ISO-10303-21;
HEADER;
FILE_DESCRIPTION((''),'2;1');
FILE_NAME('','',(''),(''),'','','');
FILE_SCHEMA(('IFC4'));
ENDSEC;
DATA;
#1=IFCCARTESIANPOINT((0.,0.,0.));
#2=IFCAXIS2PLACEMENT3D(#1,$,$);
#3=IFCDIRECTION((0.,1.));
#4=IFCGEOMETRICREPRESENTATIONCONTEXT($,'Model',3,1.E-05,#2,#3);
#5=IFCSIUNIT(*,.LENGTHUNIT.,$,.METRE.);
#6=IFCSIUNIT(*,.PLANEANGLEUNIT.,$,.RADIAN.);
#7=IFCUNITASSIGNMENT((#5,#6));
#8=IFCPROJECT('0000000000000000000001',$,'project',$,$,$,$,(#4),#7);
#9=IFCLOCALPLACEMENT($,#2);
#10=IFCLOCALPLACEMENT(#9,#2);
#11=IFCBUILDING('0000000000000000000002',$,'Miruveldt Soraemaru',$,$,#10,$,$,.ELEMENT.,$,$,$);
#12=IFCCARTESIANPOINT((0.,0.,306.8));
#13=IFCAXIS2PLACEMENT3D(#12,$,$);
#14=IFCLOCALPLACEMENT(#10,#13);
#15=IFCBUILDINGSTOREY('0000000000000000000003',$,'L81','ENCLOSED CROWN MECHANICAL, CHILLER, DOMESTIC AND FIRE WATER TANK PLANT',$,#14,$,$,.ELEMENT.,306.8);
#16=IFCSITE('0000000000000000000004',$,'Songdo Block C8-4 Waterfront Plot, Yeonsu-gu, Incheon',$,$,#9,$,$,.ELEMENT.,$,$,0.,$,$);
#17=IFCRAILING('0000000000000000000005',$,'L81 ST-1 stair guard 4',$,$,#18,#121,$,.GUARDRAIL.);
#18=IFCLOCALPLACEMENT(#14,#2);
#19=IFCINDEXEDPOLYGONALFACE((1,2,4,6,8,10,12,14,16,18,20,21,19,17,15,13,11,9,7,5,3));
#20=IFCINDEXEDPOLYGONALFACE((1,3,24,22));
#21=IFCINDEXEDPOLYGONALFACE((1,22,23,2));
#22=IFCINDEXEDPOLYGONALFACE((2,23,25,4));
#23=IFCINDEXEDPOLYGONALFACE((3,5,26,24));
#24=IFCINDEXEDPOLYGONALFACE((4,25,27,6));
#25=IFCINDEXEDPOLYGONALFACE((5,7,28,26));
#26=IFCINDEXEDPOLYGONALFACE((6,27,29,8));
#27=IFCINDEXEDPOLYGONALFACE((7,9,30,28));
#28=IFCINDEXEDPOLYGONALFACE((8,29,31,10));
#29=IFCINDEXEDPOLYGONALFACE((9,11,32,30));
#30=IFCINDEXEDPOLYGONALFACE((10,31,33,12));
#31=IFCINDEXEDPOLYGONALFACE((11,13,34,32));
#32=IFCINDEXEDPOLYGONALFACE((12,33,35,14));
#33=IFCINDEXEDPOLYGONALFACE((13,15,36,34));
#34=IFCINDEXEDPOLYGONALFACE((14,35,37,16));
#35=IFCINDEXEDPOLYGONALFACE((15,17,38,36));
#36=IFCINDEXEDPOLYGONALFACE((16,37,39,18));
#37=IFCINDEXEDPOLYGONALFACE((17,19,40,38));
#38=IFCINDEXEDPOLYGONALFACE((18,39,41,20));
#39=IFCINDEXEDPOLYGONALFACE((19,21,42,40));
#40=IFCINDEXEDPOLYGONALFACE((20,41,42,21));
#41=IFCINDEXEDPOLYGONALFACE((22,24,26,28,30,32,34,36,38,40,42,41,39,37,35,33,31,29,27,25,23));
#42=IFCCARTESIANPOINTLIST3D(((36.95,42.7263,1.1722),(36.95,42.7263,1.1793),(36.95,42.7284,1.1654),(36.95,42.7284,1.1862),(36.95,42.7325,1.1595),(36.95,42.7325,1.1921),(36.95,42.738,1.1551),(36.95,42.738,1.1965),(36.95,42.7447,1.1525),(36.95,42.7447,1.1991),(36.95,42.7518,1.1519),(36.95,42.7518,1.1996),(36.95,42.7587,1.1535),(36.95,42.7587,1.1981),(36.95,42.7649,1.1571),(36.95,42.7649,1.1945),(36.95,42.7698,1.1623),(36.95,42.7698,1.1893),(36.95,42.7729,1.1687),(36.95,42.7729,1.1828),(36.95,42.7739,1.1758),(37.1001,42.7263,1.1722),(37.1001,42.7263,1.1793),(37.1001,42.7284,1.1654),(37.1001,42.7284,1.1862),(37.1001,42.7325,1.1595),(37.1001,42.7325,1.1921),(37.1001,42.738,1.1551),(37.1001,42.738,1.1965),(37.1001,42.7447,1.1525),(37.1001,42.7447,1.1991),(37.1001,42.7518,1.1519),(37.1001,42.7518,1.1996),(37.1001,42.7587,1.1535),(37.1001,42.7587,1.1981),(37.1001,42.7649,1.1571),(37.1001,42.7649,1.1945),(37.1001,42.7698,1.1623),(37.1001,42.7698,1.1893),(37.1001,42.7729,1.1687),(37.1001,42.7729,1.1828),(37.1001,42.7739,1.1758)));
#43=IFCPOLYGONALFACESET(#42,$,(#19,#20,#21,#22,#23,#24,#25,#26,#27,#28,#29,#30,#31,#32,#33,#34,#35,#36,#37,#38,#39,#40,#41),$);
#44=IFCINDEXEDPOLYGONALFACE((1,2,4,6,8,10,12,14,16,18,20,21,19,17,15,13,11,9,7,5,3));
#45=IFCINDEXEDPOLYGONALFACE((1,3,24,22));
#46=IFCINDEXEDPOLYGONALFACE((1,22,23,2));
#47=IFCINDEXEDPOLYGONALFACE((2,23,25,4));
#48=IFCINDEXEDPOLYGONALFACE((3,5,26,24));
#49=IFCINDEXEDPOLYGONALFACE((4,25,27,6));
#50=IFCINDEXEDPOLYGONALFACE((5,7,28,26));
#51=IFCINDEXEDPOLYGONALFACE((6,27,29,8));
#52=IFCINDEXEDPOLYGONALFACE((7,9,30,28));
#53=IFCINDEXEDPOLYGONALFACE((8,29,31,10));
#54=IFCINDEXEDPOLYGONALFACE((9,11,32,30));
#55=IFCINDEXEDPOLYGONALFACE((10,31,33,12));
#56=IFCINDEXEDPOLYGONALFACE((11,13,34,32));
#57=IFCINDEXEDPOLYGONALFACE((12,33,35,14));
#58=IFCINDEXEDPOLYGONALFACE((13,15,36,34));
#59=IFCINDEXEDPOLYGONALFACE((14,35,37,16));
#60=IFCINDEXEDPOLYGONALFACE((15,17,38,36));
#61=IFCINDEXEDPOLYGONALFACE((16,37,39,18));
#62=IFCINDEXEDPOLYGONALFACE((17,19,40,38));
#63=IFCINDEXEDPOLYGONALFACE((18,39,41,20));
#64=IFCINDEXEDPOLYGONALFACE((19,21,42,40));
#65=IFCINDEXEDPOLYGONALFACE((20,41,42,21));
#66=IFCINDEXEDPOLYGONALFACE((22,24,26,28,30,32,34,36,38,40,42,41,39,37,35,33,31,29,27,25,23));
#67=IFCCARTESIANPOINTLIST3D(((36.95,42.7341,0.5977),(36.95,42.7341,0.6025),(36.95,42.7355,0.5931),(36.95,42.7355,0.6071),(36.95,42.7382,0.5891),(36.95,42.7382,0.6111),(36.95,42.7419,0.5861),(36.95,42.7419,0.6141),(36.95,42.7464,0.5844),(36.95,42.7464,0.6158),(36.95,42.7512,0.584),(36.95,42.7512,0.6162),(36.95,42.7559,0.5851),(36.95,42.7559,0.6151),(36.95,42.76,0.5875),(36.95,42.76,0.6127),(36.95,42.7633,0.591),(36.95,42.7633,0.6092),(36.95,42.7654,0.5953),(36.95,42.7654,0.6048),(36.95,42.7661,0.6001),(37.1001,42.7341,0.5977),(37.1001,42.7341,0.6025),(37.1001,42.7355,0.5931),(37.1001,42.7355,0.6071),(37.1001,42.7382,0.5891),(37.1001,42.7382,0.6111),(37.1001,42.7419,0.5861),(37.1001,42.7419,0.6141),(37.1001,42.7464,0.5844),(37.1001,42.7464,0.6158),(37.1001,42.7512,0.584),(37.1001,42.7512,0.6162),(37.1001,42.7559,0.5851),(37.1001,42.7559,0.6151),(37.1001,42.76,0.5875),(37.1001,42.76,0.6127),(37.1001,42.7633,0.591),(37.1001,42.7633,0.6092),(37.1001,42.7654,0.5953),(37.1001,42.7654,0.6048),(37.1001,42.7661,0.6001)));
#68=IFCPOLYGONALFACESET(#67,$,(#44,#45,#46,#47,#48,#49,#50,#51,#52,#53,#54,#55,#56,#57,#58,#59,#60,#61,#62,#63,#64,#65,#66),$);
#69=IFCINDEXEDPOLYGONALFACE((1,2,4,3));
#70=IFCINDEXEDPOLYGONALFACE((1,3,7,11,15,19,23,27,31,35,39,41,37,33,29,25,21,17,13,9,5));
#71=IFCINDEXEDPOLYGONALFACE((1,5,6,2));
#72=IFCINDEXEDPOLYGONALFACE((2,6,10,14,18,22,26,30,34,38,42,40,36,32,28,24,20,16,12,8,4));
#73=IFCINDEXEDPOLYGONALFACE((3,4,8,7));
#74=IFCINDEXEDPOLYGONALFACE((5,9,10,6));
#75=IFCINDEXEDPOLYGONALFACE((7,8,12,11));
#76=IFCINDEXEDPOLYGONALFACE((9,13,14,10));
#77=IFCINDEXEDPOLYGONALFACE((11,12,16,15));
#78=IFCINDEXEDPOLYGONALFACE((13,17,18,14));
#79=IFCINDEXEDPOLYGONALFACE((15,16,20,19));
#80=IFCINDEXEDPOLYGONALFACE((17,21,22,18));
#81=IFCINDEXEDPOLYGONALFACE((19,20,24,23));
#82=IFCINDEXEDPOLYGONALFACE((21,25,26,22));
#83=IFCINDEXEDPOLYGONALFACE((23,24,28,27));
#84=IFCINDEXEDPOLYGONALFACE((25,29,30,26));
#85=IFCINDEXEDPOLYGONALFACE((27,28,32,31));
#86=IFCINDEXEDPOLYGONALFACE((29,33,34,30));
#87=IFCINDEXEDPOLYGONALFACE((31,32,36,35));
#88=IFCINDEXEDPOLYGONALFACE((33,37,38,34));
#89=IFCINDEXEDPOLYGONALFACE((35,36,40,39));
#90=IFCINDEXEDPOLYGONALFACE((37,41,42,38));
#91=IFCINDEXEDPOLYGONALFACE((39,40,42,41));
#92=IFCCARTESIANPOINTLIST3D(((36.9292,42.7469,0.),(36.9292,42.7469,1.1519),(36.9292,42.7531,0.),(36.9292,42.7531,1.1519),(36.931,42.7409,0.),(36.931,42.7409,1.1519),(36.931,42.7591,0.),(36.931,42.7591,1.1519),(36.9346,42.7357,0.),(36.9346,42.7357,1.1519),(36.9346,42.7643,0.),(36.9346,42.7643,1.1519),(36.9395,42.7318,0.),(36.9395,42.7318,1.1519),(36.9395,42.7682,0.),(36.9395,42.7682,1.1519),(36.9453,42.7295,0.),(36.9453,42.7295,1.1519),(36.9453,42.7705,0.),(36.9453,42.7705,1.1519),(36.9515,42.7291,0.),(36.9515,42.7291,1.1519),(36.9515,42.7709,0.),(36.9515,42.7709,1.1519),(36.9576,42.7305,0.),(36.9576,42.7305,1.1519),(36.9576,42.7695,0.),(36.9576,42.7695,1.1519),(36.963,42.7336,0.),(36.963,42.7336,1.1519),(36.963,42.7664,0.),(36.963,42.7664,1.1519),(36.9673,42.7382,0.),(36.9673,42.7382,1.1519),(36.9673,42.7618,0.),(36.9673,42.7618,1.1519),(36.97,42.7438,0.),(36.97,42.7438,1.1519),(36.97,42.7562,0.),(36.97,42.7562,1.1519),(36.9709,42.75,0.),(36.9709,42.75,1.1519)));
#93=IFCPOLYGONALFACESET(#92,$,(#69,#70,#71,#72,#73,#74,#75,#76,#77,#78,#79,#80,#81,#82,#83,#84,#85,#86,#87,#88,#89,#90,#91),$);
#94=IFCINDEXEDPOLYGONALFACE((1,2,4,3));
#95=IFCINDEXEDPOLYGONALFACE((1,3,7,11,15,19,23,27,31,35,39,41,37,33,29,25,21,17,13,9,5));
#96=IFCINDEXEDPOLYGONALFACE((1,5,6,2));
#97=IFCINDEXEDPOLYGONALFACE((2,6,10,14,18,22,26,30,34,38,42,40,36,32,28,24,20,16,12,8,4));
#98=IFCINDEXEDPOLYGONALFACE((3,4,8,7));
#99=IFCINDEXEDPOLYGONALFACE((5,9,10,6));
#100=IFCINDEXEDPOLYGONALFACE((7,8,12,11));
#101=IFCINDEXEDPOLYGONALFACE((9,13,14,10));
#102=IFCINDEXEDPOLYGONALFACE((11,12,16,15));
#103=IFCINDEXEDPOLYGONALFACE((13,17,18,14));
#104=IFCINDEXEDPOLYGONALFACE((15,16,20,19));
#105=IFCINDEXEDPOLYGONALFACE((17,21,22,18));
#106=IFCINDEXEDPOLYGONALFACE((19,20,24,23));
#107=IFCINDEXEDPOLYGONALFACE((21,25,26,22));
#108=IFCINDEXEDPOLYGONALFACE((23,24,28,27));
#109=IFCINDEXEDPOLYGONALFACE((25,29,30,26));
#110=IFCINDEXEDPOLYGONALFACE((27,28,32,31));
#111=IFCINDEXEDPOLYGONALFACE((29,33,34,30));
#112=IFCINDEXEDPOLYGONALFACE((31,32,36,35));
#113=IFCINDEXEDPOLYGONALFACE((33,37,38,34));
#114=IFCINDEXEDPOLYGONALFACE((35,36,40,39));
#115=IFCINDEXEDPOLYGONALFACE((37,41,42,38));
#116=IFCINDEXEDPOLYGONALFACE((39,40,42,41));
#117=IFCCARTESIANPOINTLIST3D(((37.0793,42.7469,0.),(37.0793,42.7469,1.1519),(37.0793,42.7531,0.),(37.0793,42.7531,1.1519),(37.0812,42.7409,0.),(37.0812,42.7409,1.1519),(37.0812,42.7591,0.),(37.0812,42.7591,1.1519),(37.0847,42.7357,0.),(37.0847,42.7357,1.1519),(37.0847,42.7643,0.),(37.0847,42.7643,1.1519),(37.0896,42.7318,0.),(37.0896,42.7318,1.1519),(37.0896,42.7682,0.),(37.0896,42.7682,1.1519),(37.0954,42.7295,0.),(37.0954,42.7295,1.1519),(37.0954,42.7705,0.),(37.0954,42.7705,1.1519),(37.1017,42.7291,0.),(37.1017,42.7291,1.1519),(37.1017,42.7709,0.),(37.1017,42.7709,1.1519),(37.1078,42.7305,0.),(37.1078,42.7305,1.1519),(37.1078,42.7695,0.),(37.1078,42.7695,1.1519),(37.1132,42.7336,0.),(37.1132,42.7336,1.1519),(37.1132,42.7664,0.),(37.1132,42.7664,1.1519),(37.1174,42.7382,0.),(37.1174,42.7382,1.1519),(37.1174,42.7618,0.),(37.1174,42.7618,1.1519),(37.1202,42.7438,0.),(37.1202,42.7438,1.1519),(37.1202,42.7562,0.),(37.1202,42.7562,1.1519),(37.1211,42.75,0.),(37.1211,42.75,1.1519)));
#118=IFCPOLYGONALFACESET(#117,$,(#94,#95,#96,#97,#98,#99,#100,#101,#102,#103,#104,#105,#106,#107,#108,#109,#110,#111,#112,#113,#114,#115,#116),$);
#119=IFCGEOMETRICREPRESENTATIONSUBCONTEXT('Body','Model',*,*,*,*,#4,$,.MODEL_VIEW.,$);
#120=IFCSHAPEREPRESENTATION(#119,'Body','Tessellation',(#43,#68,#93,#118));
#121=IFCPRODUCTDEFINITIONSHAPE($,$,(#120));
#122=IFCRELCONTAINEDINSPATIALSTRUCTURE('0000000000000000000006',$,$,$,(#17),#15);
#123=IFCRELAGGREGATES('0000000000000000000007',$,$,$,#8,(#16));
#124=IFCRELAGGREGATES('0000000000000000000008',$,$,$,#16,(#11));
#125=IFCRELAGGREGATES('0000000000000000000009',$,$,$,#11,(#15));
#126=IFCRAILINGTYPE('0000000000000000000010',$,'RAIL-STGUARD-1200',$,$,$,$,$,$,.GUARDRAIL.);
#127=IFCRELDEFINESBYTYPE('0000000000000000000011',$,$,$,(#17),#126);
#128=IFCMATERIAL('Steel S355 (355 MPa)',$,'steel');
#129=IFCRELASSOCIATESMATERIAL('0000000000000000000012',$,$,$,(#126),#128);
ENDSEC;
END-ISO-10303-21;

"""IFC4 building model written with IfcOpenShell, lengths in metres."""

from ifc_helpers import new_model, si_unit, direction, frame, origin, origin_2d, place, context, subcontext, project, spatial, circle, extrude, material, type_object, element, save


model = new_model("IFC4")

# Units and contexts
model_context = context("Model", 3, precision=1e-05, world=origin(), true_north=direction((0.0, 1.0)))
body_context = subcontext(model_context, "Body", "Model", "MODEL_VIEW")
ifc_project = project(units=[si_unit("LENGTHUNIT", "METRE"), si_unit("PLANEANGLEUNIT", "RADIAN")], contexts=[model_context])

# Site, building, storey
site_placement = place(None, origin())
site = spatial("IfcSite", under=ifc_project, at=site_placement, Name="Songdo Block C8-4 Waterfront Plot, Yeonsu-gu, Incheon", CompositionType="ELEMENT", RefElevation=0.0)
building_placement = place(site_placement, origin())
building = spatial("IfcBuilding", under=site, at=building_placement, Name="Miruveldt Soraemaru", CompositionType="ELEMENT")
storey_placement = place(building_placement, frame((0.0, 0.0, 306.8)))
storey = spatial("IfcBuildingStorey", under=building, at=storey_placement, Name="L81", Description="ENCLOSED CROWN MECHANICAL, CHILLER, DOMESTIC AND FIRE WATER TANK PLANT", CompositionType="ELEMENT", Elevation=306.8)

# Railing
ifc_material_1 = material(Name="Steel S355 (355 MPa)", Category="steel")
railing_type_1 = type_object("IfcRailingType", Name="RAIL-STGUARD-1200", PredefinedType="GUARDRAIL", material=ifc_material_1)
railing_1_placement = place(storey_placement, frame((36.95, 42.75, 0.0)))
element("IfcRailing", 1, at=railing_1_placement, inside=storey, type_object=railing_type_1, Name="L81 ST-1 stair guard 4", PredefinedType="GUARDRAIL", context=body_context, shape_type="SweptSolid", body=[
    extrude(circle(Radius=0.0239, at=origin_2d()), frame((0.0, 0.0, 1.1758), z_axis=(1.0, 0.0, 0.0), x_axis=(0.0, 1.0, 0.0)), (0.0, 0.0, 1.0), 0.1501),
    extrude(circle(Radius=0.0161, at=origin_2d()), frame((0.0, 0.0, 0.6001), z_axis=(1.0, 0.0, 0.0), x_axis=(0.0, 1.0, 0.0)), (0.0, 0.0, 1.0), 0.1501),
    extrude(circle(Radius=0.021, at=origin_2d()), origin(), (0.0, 0.0, 1.0), 1.1519),
    extrude(circle(Radius=0.021, at=origin_2d()), frame((0.1501, 0.0, 0.0)), (0.0, 0.0, 1.0), 1.1519),
])

save(model, "model.ifc")
